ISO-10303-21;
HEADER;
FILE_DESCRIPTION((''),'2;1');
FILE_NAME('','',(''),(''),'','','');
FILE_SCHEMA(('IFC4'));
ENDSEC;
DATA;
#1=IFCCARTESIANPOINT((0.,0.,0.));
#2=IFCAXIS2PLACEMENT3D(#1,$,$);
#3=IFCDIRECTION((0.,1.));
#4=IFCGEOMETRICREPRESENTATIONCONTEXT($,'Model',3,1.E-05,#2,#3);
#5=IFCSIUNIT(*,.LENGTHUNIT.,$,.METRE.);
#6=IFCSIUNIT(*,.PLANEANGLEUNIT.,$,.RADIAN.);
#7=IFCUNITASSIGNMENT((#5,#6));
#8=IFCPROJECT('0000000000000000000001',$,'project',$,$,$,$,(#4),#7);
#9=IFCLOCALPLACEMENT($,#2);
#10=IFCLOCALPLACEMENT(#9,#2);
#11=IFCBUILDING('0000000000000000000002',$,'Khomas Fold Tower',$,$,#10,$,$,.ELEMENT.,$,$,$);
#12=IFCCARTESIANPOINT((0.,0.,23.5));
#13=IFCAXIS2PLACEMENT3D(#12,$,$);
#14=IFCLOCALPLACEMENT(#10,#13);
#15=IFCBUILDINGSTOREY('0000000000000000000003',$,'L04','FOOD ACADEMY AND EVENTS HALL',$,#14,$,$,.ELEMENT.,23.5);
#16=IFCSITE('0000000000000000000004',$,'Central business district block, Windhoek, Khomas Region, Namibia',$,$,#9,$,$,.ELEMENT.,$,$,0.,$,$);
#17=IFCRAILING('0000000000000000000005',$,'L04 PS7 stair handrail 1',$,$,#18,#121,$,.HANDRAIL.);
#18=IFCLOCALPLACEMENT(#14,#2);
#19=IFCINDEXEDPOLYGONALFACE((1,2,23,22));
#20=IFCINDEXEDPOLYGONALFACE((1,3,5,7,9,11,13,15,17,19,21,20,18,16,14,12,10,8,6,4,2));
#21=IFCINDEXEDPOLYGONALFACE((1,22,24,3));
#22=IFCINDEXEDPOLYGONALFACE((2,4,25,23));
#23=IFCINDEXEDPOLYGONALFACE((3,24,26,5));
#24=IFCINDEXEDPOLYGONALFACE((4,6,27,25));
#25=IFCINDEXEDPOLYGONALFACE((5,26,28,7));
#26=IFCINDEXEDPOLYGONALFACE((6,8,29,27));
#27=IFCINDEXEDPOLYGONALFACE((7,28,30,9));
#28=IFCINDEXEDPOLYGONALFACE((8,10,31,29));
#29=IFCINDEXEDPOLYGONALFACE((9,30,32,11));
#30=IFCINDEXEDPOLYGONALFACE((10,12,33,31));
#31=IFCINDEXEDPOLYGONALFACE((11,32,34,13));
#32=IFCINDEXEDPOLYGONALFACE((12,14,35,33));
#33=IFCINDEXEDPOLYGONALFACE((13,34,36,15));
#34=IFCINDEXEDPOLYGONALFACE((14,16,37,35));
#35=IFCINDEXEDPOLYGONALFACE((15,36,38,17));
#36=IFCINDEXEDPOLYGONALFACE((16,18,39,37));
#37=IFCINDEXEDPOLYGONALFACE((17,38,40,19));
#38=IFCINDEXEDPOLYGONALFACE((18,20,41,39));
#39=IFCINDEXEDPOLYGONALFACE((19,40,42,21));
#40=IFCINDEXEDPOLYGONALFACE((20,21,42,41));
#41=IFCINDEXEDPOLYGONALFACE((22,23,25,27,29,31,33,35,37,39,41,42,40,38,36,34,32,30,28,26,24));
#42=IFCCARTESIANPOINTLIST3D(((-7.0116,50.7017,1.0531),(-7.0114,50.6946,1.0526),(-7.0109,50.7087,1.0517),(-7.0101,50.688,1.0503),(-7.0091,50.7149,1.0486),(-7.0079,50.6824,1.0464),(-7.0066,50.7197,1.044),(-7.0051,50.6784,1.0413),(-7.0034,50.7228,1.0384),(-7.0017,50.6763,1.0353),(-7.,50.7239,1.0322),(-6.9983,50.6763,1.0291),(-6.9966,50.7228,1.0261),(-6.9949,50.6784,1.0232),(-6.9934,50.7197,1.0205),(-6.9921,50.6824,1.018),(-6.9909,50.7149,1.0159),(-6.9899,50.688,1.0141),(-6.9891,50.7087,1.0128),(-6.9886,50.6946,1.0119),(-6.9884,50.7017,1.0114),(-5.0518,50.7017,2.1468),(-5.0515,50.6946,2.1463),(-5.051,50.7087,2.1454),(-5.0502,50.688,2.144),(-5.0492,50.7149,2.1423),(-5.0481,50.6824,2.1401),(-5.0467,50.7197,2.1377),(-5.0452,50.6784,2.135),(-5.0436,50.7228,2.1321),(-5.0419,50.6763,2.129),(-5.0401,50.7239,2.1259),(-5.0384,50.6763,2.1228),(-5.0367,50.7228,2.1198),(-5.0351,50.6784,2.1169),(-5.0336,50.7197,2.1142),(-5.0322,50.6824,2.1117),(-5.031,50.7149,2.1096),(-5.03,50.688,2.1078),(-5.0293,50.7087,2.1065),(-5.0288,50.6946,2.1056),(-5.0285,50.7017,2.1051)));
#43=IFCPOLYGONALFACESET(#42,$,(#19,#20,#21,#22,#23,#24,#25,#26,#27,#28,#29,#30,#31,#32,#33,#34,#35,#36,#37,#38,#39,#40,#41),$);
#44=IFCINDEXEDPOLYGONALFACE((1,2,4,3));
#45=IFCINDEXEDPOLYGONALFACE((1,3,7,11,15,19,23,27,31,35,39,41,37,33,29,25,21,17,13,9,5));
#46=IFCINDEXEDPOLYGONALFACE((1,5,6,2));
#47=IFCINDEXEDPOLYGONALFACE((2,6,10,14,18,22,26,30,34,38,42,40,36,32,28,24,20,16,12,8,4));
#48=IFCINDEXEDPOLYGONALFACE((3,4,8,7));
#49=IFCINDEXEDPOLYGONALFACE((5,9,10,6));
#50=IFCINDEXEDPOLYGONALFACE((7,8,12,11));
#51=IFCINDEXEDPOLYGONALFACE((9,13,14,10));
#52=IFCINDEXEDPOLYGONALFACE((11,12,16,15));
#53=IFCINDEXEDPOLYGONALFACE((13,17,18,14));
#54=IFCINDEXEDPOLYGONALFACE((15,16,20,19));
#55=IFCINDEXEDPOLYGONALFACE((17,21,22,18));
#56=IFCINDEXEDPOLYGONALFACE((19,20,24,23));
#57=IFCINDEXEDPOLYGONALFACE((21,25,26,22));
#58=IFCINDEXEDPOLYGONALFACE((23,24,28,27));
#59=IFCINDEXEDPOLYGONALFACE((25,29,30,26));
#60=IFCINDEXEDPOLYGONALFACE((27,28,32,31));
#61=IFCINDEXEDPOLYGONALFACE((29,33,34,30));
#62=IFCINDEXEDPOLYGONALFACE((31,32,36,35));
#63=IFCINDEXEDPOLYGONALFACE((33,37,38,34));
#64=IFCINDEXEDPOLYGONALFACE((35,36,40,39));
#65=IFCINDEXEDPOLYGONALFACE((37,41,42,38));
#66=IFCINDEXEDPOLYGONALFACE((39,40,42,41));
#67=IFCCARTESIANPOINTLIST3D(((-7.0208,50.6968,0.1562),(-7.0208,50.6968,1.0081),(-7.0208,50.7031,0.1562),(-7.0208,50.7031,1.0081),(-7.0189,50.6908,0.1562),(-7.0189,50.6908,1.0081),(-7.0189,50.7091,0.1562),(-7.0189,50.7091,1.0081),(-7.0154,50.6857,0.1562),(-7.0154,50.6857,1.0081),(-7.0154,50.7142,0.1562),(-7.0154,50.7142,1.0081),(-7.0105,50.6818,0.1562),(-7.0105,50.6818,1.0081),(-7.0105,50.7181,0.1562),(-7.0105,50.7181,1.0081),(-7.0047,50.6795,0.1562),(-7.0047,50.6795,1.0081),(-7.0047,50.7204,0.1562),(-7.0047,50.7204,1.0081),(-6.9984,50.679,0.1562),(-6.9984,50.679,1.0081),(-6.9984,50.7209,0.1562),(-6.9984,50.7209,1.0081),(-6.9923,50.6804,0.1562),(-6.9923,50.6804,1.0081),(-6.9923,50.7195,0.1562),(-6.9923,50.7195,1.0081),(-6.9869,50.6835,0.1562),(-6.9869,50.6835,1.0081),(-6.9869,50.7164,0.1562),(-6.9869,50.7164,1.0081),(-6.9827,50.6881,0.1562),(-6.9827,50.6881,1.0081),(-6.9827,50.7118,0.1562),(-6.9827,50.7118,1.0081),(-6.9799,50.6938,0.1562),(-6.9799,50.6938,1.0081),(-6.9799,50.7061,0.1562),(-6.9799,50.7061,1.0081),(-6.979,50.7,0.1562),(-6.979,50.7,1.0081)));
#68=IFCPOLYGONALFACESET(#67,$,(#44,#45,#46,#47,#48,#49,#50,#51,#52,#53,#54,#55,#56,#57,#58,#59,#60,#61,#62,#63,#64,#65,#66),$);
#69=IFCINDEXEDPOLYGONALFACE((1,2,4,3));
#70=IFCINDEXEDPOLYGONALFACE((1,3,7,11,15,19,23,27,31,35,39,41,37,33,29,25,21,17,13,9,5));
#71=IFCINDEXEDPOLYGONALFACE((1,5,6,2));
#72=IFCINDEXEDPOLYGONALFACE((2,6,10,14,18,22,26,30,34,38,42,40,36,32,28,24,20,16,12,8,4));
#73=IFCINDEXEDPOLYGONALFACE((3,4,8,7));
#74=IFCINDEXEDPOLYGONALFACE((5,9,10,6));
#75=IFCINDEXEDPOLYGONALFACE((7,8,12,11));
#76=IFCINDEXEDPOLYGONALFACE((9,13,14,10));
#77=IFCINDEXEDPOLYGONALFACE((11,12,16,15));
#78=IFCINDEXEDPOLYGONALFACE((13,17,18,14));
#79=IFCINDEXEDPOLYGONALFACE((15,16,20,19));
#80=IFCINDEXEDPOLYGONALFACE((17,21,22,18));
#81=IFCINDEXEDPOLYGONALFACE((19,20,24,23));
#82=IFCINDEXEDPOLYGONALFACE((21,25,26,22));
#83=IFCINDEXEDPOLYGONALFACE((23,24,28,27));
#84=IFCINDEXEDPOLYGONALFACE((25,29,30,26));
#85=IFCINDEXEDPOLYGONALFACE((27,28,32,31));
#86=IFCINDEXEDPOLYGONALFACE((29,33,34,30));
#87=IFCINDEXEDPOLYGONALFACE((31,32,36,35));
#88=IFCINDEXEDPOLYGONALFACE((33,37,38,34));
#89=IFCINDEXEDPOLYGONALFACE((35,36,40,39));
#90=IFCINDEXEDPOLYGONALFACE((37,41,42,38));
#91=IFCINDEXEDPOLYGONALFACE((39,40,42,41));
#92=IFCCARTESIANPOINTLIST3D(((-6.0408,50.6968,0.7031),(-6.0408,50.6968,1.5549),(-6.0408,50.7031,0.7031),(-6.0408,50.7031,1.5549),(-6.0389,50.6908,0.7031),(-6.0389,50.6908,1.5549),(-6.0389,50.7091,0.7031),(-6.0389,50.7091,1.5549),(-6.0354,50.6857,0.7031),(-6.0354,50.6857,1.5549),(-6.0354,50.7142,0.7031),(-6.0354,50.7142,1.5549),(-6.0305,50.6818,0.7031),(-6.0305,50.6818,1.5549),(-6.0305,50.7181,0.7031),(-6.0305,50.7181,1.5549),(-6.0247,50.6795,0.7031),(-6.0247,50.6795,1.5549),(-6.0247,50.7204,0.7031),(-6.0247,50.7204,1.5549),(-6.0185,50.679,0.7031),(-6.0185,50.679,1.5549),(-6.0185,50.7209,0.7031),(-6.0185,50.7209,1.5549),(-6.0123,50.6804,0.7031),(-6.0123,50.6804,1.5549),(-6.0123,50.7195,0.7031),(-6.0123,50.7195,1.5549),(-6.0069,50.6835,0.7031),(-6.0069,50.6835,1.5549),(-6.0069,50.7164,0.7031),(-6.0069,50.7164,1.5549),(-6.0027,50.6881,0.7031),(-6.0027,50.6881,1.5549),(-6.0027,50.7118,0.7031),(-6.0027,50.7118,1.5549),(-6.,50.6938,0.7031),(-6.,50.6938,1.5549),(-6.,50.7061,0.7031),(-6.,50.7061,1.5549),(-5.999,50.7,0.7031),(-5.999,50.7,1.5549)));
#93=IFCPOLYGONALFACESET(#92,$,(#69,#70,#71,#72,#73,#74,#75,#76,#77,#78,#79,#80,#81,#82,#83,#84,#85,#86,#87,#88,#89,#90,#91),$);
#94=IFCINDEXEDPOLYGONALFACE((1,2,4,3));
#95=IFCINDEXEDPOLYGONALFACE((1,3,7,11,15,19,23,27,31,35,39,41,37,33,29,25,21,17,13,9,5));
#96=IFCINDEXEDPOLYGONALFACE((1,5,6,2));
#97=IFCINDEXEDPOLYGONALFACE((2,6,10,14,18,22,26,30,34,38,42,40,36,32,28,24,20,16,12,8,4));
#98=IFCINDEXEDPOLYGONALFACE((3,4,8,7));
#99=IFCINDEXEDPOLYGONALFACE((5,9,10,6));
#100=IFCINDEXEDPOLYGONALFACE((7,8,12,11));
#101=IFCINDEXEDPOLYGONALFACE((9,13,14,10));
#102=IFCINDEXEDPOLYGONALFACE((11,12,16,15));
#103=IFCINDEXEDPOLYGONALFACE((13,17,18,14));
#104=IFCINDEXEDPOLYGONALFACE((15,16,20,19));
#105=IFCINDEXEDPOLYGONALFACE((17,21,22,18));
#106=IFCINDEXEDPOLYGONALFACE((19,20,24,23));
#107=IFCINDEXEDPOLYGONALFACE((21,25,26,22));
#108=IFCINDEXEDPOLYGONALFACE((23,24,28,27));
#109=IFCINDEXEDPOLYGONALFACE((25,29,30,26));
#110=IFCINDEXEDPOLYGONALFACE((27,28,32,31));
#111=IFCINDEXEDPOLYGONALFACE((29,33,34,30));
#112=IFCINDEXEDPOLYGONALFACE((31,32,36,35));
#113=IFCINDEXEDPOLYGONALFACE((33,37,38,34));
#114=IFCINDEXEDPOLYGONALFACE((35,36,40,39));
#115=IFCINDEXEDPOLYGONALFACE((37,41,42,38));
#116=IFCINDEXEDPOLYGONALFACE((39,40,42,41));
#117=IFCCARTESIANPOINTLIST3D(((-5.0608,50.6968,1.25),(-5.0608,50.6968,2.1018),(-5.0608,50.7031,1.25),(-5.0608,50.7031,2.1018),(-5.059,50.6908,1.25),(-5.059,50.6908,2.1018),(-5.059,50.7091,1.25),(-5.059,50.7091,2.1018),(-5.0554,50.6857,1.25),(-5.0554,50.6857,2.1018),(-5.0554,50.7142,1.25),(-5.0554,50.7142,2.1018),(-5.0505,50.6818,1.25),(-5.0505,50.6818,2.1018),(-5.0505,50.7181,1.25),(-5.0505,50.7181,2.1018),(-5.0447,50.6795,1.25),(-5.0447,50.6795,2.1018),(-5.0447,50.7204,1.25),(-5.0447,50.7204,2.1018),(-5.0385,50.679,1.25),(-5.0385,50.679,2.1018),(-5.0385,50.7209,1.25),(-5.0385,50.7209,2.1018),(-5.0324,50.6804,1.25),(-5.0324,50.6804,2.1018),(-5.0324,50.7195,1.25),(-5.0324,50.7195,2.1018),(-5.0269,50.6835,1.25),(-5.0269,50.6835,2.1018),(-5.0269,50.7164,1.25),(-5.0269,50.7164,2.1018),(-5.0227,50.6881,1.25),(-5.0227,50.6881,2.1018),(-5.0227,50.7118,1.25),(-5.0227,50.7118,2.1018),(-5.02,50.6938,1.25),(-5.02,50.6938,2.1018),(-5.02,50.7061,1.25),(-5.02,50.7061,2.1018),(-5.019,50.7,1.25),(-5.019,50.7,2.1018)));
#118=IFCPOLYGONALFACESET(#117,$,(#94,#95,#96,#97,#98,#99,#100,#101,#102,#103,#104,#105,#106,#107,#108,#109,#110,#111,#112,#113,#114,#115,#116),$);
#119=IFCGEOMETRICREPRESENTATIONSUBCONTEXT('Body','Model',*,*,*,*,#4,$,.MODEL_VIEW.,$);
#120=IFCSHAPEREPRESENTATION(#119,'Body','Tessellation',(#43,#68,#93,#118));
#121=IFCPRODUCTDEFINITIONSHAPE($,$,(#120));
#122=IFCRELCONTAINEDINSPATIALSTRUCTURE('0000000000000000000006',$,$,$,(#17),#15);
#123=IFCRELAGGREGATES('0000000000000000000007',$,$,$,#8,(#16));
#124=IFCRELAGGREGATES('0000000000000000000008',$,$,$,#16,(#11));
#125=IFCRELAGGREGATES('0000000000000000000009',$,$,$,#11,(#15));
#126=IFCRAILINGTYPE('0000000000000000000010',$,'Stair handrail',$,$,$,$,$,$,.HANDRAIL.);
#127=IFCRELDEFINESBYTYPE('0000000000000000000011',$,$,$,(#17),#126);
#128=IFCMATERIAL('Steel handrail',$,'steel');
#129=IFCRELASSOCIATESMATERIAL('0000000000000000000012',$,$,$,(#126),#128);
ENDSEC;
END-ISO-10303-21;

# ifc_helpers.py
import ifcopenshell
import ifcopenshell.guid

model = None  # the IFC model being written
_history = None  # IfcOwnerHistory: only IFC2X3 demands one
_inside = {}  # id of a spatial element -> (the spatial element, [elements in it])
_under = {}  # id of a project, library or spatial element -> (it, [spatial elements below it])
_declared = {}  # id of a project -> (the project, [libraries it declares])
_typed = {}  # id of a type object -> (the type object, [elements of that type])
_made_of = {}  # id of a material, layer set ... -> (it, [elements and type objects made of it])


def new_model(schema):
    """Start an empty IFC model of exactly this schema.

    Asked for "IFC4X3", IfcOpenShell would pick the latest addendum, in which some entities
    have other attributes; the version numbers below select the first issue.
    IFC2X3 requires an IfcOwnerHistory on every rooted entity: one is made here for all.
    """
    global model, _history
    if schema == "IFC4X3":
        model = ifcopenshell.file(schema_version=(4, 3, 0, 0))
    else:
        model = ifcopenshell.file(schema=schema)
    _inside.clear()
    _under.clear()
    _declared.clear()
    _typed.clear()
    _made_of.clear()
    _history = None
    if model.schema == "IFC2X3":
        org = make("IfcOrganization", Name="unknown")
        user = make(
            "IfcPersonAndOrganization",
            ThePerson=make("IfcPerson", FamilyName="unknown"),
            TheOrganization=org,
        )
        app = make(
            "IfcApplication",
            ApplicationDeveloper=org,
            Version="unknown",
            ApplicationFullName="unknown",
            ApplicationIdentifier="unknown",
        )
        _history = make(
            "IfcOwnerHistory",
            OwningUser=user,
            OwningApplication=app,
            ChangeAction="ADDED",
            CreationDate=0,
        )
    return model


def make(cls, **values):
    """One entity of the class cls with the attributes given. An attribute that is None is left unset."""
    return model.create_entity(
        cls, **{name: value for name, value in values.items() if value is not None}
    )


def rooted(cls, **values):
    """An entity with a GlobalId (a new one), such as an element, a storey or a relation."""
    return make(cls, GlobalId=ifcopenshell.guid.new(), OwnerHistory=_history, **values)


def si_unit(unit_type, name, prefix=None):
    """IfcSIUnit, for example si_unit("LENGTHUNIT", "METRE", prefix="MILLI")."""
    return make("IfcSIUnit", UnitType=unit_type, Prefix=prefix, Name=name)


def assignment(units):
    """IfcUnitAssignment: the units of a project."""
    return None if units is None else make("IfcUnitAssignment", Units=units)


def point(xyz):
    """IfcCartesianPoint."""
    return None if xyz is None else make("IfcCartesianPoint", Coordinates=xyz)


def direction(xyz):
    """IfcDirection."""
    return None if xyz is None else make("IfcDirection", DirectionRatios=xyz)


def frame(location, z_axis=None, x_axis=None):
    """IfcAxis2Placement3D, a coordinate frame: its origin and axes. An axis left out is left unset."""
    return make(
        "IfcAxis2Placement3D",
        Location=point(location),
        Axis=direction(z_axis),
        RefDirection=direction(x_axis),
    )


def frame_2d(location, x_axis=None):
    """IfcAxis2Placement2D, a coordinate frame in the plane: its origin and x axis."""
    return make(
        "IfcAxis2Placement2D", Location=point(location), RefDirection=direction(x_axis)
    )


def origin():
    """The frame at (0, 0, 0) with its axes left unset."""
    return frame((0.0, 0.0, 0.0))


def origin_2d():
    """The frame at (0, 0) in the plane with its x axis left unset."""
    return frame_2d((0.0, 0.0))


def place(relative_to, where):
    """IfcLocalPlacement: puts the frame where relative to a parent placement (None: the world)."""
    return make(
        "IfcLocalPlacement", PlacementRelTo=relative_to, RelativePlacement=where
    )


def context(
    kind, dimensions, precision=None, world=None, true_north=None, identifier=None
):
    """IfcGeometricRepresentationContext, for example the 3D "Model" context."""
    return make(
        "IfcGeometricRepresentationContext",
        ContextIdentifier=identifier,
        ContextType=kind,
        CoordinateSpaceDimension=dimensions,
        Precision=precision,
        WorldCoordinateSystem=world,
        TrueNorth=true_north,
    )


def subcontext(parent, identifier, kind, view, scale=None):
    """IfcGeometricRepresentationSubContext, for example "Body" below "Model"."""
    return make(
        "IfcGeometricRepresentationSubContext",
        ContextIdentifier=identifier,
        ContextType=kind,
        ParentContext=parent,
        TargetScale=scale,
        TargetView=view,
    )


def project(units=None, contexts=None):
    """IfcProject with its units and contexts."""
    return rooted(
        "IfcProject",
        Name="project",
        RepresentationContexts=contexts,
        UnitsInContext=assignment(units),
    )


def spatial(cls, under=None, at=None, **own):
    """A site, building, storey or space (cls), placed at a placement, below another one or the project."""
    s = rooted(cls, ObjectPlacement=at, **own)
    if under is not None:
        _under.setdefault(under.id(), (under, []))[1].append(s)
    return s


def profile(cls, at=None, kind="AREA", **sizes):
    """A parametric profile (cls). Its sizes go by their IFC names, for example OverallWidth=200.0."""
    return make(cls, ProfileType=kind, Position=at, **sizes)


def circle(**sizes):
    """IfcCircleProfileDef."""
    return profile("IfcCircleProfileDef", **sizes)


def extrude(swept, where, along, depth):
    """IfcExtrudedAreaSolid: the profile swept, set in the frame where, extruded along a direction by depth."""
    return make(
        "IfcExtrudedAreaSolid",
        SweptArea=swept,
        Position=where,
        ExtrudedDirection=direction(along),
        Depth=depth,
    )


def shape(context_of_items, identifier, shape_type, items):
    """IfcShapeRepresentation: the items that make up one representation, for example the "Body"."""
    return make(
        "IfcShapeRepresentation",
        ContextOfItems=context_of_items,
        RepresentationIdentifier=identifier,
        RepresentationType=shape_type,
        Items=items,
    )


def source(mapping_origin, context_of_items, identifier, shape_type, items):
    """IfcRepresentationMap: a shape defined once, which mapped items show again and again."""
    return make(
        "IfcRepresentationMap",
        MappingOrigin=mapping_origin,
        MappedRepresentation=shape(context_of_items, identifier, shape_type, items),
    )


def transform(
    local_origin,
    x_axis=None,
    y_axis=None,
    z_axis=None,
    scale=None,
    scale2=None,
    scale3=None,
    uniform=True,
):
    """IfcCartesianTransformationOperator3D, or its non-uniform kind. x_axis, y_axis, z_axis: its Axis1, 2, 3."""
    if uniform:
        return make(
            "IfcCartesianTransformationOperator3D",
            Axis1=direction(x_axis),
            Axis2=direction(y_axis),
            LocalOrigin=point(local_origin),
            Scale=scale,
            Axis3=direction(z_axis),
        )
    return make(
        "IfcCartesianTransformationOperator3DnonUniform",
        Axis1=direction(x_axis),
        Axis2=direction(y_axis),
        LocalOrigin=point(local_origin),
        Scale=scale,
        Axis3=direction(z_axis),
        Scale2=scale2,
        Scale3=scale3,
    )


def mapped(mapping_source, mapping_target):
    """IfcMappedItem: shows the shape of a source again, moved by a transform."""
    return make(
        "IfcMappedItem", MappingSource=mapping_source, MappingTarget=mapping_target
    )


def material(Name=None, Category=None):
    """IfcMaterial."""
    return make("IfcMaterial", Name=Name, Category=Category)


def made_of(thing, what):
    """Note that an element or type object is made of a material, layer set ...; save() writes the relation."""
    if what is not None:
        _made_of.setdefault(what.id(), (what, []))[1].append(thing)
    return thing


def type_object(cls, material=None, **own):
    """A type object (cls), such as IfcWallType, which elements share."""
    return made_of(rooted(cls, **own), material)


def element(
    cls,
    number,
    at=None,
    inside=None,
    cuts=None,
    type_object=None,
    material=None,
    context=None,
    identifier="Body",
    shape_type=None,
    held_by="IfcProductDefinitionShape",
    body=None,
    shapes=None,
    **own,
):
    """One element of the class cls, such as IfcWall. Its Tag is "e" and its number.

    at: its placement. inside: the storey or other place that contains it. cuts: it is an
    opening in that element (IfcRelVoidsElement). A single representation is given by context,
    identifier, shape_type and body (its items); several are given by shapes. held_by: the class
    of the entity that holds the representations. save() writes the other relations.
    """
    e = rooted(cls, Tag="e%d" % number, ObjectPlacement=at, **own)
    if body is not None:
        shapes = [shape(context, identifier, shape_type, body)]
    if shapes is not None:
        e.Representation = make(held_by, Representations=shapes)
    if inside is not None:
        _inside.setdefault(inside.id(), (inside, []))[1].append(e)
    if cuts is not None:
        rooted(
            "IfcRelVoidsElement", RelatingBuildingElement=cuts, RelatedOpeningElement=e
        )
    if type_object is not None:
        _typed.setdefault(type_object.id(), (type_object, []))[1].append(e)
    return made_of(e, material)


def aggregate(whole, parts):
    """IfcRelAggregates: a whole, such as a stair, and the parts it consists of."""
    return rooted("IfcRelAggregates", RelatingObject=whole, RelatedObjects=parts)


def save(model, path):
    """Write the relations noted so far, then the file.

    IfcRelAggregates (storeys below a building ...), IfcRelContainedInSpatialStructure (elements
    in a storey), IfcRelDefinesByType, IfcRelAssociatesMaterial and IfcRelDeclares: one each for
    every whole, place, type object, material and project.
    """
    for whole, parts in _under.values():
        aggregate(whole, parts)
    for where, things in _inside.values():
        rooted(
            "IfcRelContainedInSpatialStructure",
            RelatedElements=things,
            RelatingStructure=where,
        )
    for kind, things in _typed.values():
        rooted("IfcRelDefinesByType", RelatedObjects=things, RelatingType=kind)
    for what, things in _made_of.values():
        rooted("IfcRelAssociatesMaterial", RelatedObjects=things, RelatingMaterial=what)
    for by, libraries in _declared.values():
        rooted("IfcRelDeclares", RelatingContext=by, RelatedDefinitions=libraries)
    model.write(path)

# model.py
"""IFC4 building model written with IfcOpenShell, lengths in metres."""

from ifc_helpers import new_model, si_unit, direction, frame, origin, origin_2d, place, context, subcontext, project, spatial, circle, extrude, source, transform, mapped, material, type_object, element, save


model = new_model("IFC4")

# Units and contexts
model_context = context("Model", 3, precision=1e-05, world=origin(), true_north=direction((0.0, 1.0)))
body_context = subcontext(model_context, "Body", "Model", "MODEL_VIEW")
ifc_project = project(units=[si_unit("LENGTHUNIT", "METRE"), si_unit("PLANEANGLEUNIT", "RADIAN")], contexts=[model_context])

# Site, building, storey
site_placement = place(None, origin())
site = spatial("IfcSite", under=ifc_project, at=site_placement, Name="Central business district block, Windhoek, Khomas Region, Namibia", CompositionType="ELEMENT", RefElevation=0.0)
building_placement = place(site_placement, origin())
building = spatial("IfcBuilding", under=site, at=building_placement, Name="Khomas Fold Tower", CompositionType="ELEMENT")
storey_placement = place(building_placement, frame((0.0, 0.0, 23.5)))
storey = spatial("IfcBuildingStorey", under=building, at=storey_placement, Name="L04", Description="FOOD ACADEMY AND EVENTS HALL", CompositionType="ELEMENT", Elevation=23.5)

# Railing
ifc_material_1 = material(Name="Steel handrail", Category="steel")
railing_type_1 = type_object("IfcRailingType", Name="Stair handrail", PredefinedType="HANDRAIL", material=ifc_material_1)
shared_shape_1 = source(origin(), body_context, "Body", "SweptSolid", [
    extrude(circle(Radius=0.0239, at=origin_2d()), frame((0.0, 0.0, 0.876), z_axis=(0.873232, 0.0, 0.487304), x_axis=(0.0, 1.0, 0.0)), (0.0, 0.0, 1.0), 2.2444),
    extrude(circle(Radius=0.021, at=origin_2d()), origin(), (0.0, 0.0, 1.0), 0.8518),
    extrude(circle(Radius=0.021, at=origin_2d()), frame((0.98, 0.0, 0.5469)), (0.0, 0.0, 1.0), 0.8518),
    extrude(circle(Radius=0.021, at=origin_2d()), frame((1.96, 0.0, 1.0938)), (0.0, 0.0, 1.0), 0.8518),
])
for number, where, name in (
    (1, (-7.0, 50.7, 0.1562), "L04 PS7 stair handrail 1"),
):
    element("IfcRailing", number, at=place(storey_placement, frame(where)), inside=storey, type_object=railing_type_1, Name=name, PredefinedType="HANDRAIL", context=body_context, shape_type="MappedRepresentation", body=[
        mapped(shared_shape_1, transform((0.0, 0.0, 0.0))),
    ])

save(model, "model.ifc")
